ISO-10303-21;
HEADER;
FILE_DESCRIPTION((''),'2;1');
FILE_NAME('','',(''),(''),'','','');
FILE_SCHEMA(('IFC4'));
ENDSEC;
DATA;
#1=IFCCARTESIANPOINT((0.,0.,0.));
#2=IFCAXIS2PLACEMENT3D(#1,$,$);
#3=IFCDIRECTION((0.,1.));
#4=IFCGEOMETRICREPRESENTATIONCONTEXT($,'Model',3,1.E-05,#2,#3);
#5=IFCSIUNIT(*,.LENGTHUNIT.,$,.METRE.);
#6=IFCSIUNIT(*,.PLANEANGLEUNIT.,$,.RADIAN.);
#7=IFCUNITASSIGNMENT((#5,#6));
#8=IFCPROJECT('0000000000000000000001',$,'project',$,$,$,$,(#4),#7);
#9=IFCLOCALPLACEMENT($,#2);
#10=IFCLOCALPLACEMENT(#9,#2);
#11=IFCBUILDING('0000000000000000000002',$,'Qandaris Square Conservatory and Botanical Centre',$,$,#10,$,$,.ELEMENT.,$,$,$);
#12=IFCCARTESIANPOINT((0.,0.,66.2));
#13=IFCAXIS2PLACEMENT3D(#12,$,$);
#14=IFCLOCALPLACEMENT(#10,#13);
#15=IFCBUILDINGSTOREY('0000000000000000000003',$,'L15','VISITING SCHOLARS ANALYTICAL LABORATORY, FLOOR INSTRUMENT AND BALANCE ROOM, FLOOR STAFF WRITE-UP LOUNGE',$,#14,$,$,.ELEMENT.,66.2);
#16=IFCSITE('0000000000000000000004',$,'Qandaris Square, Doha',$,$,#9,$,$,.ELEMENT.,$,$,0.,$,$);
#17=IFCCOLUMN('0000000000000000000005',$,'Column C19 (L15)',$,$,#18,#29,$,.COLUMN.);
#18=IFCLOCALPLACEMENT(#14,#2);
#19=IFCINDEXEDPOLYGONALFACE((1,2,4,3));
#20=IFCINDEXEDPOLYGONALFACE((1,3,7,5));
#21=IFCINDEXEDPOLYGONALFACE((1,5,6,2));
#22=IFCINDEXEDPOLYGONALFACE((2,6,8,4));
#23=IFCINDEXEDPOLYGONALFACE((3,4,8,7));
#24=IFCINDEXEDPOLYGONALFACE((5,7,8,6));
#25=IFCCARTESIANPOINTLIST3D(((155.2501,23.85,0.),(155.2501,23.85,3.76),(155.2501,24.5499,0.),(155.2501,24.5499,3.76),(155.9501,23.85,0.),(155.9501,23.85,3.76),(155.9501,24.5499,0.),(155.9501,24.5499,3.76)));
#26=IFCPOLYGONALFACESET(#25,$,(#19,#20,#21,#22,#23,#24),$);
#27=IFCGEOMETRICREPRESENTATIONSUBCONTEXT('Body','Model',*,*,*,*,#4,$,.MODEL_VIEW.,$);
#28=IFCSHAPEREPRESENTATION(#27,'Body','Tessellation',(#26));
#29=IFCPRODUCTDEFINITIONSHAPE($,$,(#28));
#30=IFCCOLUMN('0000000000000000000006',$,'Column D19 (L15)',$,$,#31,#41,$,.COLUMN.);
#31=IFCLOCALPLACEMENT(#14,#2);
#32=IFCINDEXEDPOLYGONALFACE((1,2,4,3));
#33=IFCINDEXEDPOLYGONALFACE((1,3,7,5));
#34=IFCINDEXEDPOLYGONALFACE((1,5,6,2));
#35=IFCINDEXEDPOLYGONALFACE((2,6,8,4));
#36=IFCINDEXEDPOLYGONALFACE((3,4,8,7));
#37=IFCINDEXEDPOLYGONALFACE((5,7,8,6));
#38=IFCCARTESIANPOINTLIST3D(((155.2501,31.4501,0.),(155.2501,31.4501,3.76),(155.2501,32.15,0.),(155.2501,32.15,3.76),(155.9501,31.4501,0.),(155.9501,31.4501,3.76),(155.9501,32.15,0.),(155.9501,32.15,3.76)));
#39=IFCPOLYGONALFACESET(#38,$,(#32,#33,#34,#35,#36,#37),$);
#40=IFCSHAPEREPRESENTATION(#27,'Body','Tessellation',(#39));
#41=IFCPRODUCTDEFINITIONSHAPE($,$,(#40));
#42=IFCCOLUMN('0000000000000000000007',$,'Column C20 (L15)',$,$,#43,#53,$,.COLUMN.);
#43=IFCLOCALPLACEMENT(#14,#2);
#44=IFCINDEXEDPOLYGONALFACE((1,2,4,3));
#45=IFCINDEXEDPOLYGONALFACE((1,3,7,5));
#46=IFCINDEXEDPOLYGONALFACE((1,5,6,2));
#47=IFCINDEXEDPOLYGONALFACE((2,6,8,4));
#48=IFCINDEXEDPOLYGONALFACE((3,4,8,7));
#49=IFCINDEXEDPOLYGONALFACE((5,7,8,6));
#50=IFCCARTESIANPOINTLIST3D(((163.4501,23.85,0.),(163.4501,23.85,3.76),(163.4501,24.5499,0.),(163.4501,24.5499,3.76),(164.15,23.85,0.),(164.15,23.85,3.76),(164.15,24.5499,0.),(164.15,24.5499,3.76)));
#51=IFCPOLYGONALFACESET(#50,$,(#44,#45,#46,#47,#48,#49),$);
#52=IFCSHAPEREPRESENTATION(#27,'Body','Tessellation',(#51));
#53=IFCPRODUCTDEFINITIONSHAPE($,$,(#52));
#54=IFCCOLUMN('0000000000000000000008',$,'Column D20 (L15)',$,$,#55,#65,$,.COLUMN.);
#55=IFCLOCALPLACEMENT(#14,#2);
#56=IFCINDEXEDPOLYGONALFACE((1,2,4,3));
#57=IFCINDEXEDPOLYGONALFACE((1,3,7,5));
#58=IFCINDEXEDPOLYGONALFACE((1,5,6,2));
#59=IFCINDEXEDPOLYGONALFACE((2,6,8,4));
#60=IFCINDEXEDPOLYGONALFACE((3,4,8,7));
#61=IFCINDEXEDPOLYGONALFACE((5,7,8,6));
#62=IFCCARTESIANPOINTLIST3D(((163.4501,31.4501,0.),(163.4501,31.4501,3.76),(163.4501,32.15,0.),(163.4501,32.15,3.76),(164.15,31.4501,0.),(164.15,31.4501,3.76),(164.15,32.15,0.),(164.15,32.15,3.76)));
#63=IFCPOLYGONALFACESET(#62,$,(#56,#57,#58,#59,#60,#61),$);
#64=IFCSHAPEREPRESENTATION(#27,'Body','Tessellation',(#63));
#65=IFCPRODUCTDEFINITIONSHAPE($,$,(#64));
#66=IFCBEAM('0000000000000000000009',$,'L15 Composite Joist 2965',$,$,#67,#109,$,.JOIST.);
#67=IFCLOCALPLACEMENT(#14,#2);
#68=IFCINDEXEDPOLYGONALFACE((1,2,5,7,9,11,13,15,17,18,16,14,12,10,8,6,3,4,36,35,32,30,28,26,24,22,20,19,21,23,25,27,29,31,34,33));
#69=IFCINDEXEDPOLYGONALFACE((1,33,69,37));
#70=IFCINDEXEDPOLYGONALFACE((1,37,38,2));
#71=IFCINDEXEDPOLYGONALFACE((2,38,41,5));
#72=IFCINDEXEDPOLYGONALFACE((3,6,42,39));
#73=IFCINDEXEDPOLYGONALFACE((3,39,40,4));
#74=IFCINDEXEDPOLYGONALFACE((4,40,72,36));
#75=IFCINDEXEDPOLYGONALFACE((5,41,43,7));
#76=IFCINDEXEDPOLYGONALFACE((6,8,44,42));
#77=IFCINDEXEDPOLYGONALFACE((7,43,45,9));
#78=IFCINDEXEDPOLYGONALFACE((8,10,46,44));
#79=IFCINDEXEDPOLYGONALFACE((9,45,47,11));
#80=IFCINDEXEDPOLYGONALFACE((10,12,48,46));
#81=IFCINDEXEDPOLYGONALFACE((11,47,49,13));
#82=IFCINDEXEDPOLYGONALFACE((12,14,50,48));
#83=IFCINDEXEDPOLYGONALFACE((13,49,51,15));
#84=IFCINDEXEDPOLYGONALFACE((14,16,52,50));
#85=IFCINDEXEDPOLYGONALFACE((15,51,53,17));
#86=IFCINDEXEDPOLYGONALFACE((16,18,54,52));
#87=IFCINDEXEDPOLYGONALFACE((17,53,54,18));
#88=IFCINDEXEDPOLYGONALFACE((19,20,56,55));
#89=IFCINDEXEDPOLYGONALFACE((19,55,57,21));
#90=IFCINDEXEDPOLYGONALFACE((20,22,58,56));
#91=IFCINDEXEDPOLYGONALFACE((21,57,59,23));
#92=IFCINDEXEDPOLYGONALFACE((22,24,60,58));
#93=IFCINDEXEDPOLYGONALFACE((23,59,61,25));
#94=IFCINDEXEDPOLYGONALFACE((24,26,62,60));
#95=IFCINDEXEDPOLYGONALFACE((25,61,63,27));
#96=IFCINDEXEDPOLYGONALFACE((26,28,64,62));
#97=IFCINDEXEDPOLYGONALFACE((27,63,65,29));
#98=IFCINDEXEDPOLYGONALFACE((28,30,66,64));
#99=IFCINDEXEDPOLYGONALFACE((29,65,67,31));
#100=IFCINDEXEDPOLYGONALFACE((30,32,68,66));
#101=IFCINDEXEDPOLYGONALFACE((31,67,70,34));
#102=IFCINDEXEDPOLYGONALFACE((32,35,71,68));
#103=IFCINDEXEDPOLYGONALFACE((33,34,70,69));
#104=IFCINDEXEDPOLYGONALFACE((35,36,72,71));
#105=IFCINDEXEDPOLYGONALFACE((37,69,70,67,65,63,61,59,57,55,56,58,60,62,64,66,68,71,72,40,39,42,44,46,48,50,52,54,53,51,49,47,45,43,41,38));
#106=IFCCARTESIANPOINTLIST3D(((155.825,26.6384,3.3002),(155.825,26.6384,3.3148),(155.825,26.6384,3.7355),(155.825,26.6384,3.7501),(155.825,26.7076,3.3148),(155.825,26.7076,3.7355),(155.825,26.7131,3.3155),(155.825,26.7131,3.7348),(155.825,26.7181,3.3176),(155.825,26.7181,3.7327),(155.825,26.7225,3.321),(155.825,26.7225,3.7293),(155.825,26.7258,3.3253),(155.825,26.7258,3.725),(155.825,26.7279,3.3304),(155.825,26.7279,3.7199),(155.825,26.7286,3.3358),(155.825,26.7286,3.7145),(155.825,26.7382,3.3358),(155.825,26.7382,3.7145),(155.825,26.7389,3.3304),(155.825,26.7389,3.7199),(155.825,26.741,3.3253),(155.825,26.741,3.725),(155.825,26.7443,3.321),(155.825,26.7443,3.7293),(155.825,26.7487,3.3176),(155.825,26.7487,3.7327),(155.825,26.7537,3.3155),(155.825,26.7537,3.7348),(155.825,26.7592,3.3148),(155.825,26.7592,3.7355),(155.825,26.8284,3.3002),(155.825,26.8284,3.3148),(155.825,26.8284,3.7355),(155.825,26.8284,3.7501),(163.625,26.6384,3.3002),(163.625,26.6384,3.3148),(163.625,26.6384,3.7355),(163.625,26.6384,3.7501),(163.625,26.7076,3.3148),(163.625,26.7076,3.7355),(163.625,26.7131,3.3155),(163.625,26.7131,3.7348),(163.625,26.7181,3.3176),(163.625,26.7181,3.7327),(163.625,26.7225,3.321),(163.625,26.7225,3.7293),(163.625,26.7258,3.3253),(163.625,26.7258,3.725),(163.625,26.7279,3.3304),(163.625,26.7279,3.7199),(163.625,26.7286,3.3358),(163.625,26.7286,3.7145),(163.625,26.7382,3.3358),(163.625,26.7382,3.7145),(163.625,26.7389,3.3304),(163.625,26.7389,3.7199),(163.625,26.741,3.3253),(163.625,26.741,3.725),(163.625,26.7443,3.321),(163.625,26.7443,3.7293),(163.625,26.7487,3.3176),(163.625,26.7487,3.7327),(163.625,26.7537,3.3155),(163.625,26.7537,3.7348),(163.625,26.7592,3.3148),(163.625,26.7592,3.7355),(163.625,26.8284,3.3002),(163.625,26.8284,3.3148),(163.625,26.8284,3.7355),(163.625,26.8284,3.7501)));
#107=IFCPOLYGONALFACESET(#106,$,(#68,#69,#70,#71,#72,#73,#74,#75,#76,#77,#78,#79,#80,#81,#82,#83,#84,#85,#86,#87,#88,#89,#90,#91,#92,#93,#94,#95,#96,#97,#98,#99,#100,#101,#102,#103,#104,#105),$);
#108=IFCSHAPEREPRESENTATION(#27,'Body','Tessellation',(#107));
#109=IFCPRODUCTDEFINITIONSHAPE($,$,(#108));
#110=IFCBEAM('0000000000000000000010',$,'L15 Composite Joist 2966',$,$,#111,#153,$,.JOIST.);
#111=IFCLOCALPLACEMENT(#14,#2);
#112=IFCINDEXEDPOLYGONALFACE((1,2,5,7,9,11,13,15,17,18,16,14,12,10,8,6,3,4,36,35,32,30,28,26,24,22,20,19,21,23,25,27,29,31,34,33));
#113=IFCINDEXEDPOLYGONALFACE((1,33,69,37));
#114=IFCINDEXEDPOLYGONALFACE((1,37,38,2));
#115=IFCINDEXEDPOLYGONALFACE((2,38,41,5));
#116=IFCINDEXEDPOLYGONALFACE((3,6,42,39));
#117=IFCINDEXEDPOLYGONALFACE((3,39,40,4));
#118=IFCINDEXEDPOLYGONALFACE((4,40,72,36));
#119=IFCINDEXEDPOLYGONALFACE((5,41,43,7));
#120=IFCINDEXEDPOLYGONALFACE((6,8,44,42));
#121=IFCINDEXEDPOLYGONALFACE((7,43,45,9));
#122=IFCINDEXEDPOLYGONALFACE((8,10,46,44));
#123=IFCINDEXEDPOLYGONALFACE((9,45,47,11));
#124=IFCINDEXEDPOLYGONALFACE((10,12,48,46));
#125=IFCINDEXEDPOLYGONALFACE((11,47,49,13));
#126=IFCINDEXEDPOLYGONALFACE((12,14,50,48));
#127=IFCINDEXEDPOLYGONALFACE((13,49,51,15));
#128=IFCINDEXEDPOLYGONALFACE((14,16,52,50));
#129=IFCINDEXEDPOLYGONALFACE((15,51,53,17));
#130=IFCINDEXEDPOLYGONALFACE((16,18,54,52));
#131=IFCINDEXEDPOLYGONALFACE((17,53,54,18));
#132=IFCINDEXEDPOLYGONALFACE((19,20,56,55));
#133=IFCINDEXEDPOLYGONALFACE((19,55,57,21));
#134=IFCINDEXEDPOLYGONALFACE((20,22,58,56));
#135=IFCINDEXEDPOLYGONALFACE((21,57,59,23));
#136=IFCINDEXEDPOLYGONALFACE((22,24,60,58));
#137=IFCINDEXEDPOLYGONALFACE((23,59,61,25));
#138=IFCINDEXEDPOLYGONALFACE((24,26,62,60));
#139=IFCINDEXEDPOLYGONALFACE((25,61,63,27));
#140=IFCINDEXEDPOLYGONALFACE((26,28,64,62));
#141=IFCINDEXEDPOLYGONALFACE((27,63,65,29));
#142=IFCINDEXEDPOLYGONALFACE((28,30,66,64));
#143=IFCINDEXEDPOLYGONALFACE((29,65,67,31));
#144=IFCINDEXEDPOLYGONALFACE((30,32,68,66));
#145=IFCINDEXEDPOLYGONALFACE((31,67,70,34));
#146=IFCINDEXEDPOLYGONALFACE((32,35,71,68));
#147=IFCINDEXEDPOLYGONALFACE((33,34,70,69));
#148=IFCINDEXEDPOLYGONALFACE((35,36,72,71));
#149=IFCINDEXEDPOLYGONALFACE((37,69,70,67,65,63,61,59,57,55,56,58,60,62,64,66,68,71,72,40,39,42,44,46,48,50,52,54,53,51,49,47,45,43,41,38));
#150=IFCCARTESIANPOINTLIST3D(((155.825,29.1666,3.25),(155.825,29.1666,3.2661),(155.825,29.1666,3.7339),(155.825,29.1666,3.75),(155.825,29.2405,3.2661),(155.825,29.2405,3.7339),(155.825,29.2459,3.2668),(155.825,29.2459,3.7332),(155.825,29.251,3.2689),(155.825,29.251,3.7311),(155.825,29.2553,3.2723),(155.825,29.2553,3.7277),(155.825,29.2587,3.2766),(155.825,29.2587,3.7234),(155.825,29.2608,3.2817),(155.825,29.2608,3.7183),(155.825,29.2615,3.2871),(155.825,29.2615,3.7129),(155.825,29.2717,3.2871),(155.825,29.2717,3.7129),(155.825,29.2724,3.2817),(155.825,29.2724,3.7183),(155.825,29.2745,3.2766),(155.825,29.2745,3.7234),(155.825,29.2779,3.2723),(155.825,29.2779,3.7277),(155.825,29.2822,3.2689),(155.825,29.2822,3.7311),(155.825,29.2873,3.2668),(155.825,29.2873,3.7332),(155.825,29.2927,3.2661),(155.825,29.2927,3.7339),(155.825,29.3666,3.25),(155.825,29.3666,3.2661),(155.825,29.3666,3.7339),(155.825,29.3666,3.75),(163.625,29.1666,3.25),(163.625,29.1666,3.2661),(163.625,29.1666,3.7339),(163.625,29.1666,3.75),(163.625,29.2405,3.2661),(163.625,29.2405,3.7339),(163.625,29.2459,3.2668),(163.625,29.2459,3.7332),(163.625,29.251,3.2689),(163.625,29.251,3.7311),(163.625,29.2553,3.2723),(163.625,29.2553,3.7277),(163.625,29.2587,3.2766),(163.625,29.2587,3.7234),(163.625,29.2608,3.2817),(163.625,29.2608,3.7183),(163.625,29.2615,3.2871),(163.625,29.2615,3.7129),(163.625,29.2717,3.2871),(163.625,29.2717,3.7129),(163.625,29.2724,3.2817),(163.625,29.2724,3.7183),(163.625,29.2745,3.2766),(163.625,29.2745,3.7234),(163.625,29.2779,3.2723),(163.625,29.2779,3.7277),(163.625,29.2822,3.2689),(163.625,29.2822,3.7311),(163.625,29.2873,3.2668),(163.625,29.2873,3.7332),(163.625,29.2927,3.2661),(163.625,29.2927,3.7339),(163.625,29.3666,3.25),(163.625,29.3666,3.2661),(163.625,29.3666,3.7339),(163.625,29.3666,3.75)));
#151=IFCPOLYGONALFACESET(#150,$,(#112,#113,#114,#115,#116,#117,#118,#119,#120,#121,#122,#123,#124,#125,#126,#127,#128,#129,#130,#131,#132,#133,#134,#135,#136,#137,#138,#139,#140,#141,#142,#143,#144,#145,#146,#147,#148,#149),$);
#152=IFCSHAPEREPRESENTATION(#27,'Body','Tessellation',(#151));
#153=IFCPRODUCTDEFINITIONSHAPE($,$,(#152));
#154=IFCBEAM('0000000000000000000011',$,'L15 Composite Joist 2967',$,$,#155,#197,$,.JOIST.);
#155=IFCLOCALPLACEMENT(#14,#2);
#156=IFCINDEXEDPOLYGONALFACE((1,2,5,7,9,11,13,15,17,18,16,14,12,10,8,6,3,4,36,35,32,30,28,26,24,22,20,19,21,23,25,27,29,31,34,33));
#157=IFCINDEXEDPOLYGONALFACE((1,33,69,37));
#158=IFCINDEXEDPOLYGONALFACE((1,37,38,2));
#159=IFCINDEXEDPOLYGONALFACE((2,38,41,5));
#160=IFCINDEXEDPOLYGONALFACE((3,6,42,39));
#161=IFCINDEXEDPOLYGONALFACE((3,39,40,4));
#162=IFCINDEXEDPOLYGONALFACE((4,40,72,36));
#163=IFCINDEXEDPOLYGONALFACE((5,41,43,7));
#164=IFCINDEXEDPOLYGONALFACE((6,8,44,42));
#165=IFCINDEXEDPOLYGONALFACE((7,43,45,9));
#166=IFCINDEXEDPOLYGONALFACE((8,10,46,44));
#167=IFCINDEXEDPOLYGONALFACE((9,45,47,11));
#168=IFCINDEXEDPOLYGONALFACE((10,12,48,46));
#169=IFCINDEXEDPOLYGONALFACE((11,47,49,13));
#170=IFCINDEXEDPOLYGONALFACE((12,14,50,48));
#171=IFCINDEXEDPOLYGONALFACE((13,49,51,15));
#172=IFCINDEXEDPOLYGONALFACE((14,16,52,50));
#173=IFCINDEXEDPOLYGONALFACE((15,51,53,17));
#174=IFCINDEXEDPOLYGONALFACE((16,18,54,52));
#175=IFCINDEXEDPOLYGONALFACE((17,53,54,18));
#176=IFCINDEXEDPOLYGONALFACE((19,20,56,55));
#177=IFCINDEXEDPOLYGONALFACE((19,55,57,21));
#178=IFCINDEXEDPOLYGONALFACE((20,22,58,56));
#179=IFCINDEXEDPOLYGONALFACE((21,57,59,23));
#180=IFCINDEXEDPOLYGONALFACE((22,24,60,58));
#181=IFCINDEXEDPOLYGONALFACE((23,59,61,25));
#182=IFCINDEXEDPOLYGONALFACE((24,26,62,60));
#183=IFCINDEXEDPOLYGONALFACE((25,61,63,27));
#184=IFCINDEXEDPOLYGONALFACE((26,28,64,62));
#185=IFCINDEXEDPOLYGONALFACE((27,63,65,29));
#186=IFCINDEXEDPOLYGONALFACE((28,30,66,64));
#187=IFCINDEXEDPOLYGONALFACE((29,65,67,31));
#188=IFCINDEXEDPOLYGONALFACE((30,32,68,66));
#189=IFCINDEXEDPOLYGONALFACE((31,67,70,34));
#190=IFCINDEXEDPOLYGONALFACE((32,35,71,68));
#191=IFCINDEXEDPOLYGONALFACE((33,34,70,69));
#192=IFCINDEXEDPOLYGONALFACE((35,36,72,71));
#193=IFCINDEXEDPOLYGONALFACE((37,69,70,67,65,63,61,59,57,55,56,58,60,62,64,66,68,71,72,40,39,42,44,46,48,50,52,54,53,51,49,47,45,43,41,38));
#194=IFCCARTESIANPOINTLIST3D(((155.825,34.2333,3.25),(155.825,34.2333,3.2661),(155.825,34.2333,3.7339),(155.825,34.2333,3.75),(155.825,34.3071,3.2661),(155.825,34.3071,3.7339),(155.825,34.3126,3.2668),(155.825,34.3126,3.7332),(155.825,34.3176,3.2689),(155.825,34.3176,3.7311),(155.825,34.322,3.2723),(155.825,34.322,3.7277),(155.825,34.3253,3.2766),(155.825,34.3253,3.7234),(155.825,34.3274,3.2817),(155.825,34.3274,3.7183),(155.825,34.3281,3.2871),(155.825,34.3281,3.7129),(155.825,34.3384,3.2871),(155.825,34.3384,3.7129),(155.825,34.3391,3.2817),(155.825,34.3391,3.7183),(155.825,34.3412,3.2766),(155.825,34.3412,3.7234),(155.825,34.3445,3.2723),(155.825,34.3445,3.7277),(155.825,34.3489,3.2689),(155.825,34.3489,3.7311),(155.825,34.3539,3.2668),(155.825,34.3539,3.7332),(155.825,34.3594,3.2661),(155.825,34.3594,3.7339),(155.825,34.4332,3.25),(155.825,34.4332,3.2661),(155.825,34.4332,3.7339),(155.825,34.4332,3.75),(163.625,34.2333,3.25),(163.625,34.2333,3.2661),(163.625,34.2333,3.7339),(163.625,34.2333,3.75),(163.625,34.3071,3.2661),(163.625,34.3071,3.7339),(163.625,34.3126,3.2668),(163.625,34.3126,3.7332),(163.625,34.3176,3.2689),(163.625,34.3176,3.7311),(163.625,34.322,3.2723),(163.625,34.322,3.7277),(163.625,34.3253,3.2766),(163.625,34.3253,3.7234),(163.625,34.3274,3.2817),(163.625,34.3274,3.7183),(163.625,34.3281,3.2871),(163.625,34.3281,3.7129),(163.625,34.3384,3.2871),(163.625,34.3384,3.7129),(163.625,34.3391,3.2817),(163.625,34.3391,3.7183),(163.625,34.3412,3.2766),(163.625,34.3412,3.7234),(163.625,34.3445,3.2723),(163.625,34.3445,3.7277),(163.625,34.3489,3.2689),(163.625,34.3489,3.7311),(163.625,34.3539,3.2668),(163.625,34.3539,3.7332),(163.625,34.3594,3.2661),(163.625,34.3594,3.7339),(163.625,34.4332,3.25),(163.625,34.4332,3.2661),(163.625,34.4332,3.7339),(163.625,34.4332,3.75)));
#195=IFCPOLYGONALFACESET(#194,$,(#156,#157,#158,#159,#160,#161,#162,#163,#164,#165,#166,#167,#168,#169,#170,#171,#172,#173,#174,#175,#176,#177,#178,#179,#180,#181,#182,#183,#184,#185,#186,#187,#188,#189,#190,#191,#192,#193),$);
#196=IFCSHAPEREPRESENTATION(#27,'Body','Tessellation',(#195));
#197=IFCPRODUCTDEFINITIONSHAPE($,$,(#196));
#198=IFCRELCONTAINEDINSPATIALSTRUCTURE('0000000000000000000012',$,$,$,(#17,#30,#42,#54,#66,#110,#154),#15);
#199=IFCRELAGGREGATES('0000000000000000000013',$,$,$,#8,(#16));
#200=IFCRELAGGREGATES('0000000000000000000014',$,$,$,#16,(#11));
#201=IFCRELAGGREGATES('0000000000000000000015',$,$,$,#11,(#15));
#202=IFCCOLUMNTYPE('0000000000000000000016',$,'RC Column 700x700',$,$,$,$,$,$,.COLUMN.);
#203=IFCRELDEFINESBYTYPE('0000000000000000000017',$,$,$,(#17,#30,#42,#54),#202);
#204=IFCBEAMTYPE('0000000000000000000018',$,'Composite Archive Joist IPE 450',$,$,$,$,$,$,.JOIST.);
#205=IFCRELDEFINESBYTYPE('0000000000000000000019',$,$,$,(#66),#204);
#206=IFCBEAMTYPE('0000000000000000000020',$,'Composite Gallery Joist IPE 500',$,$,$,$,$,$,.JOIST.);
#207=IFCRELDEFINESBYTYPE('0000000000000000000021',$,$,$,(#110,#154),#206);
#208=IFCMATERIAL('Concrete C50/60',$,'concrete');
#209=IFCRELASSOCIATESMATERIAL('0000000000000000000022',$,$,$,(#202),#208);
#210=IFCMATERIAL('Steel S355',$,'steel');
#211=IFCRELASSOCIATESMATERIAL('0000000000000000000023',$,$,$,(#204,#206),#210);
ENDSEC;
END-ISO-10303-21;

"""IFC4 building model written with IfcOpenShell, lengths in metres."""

from ifc_helpers import new_model, si_unit, direction, frame, origin, origin_2d, place, context, subcontext, project, spatial, rectangle, i_section, extrude, material, material_profile, profile_set, type_object, element, save


model = new_model("IFC4")

# Units and contexts
model_context = context("Model", 3, precision=1e-05, world=origin(), true_north=direction((0.0, 1.0)))
body_context = subcontext(model_context, "Body", "Model", "MODEL_VIEW")
ifc_project = project(units=[si_unit("LENGTHUNIT", "METRE"), si_unit("PLANEANGLEUNIT", "RADIAN")], contexts=[model_context])

# Site, building, storey
site_placement = place(None, origin())
site = spatial("IfcSite", under=ifc_project, at=site_placement, Name="Qandaris Square, Doha", CompositionType="ELEMENT", RefElevation=0.0)
building_placement = place(site_placement, origin())
building = spatial("IfcBuilding", under=site, at=building_placement, Name="Qandaris Square Conservatory and Botanical Centre", CompositionType="ELEMENT")
storey_placement = place(building_placement, frame((0.0, 0.0, 66.2)))
storey = spatial("IfcBuildingStorey", under=building, at=storey_placement, Name="L15", Description="VISITING SCHOLARS ANALYTICAL LABORATORY, FLOOR INSTRUMENT AND BALANCE ROOM, FLOOR STAFF WRITE-UP LOUNGE", CompositionType="ELEMENT", Elevation=66.2)

# Columns
ifc_material_1 = material(Name="Concrete C50/60", Category="concrete")
ifc_material_profile_1 = material_profile(ifc_material_1, rectangle(XDim=0.7, YDim=0.7, at=origin_2d()), Name="RC-COL 700x700")
ifc_profile_set_1 = profile_set([ifc_material_profile_1], Name="Concrete C50/60")
column_type = type_object("IfcColumnType", Name="RC Column 700x700", PredefinedType="COLUMN", material=ifc_profile_set_1)
for number, where, z_axis, x_axis, name in (
    (1, (155.6001, 24.2, 0.0), (0.0, 0.0, 1.0), (1.0, 0.0, 0.0), "Column C19 (L15)"),
    (2, (155.6001, 31.8, 0.0), (0.0, 0.0, 1.0), (1.0, 0.0, 0.0), "Column D19 (L15)"),
    (3, (163.8, 24.2, 0.0), (0.0, 0.0, 1.0), (1.0, 0.0, 0.0), "Column C20 (L15)"),
    (4, (163.8, 31.8, 0.0), (0.0, 0.0, 1.0), (1.0, 0.0, 0.0), "Column D20 (L15)"),
):
    element("IfcColumn", number, at=place(storey_placement, frame(where, z_axis=z_axis, x_axis=x_axis)), inside=storey, type_object=column_type, Name=name, PredefinedType="COLUMN", context=body_context, shape_type="SweptSolid", body=[
        extrude(rectangle(XDim=0.7, YDim=0.7, at=origin_2d()), origin(), (0.0, 0.0, 1.0), 3.76),
    ])

# Beams
ifc_material_2 = material(Name="Steel S355", Category="steel")
ifc_material_profile_2 = material_profile(ifc_material_2, i_section(OverallWidth=0.1899, OverallDepth=0.45, WebThickness=0.0095, FlangeThickness=0.0146, FilletRadius=0.021, at=origin_2d()), Name="IPE 450")
ifc_profile_set_2 = profile_set([ifc_material_profile_2], Name="Steel S355")
beam_type_1 = type_object("IfcBeamType", Name="Composite Archive Joist IPE 450", PredefinedType="JOIST", material=ifc_profile_set_2)
beam_1_placement = place(storey_placement, frame((155.825, 26.7334, 3.5251), z_axis=(1.0, 0.0, 0.0), x_axis=(0.0, 1.0, 0.0)))
element("IfcBeam", 5, at=beam_1_placement, inside=storey, type_object=beam_type_1, Name="L15 Composite Joist 2965", PredefinedType="JOIST", context=body_context, shape_type="SweptSolid", body=[
    extrude(i_section(OverallWidth=0.1899, OverallDepth=0.45, WebThickness=0.0095, FlangeThickness=0.0146, FilletRadius=0.021, at=origin_2d()), origin(), (0.0, 0.0, 1.0), 7.8),
])
ifc_material_profile_3 = material_profile(ifc_material_2, i_section(OverallWidth=0.2, OverallDepth=0.5, WebThickness=0.0103, FlangeThickness=0.0161, FilletRadius=0.021, at=origin_2d()), Name="IPE 500")
ifc_profile_set_3 = profile_set([ifc_material_profile_3], Name="Steel S355")
beam_type_2 = type_object("IfcBeamType", Name="Composite Gallery Joist IPE 500", PredefinedType="JOIST", material=ifc_profile_set_3)
for number, where, z_axis, x_axis, name in (
    (6, (155.825, 29.2666, 3.5), (1.0, 0.0, 0.0), (0.0, 1.0, 0.0), "L15 Composite Joist 2966"),
    (7, (155.825, 34.3333, 3.5), (1.0, 0.0, 0.0), (0.0, 1.0, 0.0), "L15 Composite Joist 2967"),
):
    element("IfcBeam", number, at=place(storey_placement, frame(where, z_axis=z_axis, x_axis=x_axis)), inside=storey, type_object=beam_type_2, Name=name, PredefinedType="JOIST", context=body_context, shape_type="SweptSolid", body=[
        extrude(i_section(OverallWidth=0.2, OverallDepth=0.5, WebThickness=0.0103, FlangeThickness=0.0161, FilletRadius=0.021, at=origin_2d()), origin(), (0.0, 0.0, 1.0), 7.8),
    ])

save(model, "model.ifc")
